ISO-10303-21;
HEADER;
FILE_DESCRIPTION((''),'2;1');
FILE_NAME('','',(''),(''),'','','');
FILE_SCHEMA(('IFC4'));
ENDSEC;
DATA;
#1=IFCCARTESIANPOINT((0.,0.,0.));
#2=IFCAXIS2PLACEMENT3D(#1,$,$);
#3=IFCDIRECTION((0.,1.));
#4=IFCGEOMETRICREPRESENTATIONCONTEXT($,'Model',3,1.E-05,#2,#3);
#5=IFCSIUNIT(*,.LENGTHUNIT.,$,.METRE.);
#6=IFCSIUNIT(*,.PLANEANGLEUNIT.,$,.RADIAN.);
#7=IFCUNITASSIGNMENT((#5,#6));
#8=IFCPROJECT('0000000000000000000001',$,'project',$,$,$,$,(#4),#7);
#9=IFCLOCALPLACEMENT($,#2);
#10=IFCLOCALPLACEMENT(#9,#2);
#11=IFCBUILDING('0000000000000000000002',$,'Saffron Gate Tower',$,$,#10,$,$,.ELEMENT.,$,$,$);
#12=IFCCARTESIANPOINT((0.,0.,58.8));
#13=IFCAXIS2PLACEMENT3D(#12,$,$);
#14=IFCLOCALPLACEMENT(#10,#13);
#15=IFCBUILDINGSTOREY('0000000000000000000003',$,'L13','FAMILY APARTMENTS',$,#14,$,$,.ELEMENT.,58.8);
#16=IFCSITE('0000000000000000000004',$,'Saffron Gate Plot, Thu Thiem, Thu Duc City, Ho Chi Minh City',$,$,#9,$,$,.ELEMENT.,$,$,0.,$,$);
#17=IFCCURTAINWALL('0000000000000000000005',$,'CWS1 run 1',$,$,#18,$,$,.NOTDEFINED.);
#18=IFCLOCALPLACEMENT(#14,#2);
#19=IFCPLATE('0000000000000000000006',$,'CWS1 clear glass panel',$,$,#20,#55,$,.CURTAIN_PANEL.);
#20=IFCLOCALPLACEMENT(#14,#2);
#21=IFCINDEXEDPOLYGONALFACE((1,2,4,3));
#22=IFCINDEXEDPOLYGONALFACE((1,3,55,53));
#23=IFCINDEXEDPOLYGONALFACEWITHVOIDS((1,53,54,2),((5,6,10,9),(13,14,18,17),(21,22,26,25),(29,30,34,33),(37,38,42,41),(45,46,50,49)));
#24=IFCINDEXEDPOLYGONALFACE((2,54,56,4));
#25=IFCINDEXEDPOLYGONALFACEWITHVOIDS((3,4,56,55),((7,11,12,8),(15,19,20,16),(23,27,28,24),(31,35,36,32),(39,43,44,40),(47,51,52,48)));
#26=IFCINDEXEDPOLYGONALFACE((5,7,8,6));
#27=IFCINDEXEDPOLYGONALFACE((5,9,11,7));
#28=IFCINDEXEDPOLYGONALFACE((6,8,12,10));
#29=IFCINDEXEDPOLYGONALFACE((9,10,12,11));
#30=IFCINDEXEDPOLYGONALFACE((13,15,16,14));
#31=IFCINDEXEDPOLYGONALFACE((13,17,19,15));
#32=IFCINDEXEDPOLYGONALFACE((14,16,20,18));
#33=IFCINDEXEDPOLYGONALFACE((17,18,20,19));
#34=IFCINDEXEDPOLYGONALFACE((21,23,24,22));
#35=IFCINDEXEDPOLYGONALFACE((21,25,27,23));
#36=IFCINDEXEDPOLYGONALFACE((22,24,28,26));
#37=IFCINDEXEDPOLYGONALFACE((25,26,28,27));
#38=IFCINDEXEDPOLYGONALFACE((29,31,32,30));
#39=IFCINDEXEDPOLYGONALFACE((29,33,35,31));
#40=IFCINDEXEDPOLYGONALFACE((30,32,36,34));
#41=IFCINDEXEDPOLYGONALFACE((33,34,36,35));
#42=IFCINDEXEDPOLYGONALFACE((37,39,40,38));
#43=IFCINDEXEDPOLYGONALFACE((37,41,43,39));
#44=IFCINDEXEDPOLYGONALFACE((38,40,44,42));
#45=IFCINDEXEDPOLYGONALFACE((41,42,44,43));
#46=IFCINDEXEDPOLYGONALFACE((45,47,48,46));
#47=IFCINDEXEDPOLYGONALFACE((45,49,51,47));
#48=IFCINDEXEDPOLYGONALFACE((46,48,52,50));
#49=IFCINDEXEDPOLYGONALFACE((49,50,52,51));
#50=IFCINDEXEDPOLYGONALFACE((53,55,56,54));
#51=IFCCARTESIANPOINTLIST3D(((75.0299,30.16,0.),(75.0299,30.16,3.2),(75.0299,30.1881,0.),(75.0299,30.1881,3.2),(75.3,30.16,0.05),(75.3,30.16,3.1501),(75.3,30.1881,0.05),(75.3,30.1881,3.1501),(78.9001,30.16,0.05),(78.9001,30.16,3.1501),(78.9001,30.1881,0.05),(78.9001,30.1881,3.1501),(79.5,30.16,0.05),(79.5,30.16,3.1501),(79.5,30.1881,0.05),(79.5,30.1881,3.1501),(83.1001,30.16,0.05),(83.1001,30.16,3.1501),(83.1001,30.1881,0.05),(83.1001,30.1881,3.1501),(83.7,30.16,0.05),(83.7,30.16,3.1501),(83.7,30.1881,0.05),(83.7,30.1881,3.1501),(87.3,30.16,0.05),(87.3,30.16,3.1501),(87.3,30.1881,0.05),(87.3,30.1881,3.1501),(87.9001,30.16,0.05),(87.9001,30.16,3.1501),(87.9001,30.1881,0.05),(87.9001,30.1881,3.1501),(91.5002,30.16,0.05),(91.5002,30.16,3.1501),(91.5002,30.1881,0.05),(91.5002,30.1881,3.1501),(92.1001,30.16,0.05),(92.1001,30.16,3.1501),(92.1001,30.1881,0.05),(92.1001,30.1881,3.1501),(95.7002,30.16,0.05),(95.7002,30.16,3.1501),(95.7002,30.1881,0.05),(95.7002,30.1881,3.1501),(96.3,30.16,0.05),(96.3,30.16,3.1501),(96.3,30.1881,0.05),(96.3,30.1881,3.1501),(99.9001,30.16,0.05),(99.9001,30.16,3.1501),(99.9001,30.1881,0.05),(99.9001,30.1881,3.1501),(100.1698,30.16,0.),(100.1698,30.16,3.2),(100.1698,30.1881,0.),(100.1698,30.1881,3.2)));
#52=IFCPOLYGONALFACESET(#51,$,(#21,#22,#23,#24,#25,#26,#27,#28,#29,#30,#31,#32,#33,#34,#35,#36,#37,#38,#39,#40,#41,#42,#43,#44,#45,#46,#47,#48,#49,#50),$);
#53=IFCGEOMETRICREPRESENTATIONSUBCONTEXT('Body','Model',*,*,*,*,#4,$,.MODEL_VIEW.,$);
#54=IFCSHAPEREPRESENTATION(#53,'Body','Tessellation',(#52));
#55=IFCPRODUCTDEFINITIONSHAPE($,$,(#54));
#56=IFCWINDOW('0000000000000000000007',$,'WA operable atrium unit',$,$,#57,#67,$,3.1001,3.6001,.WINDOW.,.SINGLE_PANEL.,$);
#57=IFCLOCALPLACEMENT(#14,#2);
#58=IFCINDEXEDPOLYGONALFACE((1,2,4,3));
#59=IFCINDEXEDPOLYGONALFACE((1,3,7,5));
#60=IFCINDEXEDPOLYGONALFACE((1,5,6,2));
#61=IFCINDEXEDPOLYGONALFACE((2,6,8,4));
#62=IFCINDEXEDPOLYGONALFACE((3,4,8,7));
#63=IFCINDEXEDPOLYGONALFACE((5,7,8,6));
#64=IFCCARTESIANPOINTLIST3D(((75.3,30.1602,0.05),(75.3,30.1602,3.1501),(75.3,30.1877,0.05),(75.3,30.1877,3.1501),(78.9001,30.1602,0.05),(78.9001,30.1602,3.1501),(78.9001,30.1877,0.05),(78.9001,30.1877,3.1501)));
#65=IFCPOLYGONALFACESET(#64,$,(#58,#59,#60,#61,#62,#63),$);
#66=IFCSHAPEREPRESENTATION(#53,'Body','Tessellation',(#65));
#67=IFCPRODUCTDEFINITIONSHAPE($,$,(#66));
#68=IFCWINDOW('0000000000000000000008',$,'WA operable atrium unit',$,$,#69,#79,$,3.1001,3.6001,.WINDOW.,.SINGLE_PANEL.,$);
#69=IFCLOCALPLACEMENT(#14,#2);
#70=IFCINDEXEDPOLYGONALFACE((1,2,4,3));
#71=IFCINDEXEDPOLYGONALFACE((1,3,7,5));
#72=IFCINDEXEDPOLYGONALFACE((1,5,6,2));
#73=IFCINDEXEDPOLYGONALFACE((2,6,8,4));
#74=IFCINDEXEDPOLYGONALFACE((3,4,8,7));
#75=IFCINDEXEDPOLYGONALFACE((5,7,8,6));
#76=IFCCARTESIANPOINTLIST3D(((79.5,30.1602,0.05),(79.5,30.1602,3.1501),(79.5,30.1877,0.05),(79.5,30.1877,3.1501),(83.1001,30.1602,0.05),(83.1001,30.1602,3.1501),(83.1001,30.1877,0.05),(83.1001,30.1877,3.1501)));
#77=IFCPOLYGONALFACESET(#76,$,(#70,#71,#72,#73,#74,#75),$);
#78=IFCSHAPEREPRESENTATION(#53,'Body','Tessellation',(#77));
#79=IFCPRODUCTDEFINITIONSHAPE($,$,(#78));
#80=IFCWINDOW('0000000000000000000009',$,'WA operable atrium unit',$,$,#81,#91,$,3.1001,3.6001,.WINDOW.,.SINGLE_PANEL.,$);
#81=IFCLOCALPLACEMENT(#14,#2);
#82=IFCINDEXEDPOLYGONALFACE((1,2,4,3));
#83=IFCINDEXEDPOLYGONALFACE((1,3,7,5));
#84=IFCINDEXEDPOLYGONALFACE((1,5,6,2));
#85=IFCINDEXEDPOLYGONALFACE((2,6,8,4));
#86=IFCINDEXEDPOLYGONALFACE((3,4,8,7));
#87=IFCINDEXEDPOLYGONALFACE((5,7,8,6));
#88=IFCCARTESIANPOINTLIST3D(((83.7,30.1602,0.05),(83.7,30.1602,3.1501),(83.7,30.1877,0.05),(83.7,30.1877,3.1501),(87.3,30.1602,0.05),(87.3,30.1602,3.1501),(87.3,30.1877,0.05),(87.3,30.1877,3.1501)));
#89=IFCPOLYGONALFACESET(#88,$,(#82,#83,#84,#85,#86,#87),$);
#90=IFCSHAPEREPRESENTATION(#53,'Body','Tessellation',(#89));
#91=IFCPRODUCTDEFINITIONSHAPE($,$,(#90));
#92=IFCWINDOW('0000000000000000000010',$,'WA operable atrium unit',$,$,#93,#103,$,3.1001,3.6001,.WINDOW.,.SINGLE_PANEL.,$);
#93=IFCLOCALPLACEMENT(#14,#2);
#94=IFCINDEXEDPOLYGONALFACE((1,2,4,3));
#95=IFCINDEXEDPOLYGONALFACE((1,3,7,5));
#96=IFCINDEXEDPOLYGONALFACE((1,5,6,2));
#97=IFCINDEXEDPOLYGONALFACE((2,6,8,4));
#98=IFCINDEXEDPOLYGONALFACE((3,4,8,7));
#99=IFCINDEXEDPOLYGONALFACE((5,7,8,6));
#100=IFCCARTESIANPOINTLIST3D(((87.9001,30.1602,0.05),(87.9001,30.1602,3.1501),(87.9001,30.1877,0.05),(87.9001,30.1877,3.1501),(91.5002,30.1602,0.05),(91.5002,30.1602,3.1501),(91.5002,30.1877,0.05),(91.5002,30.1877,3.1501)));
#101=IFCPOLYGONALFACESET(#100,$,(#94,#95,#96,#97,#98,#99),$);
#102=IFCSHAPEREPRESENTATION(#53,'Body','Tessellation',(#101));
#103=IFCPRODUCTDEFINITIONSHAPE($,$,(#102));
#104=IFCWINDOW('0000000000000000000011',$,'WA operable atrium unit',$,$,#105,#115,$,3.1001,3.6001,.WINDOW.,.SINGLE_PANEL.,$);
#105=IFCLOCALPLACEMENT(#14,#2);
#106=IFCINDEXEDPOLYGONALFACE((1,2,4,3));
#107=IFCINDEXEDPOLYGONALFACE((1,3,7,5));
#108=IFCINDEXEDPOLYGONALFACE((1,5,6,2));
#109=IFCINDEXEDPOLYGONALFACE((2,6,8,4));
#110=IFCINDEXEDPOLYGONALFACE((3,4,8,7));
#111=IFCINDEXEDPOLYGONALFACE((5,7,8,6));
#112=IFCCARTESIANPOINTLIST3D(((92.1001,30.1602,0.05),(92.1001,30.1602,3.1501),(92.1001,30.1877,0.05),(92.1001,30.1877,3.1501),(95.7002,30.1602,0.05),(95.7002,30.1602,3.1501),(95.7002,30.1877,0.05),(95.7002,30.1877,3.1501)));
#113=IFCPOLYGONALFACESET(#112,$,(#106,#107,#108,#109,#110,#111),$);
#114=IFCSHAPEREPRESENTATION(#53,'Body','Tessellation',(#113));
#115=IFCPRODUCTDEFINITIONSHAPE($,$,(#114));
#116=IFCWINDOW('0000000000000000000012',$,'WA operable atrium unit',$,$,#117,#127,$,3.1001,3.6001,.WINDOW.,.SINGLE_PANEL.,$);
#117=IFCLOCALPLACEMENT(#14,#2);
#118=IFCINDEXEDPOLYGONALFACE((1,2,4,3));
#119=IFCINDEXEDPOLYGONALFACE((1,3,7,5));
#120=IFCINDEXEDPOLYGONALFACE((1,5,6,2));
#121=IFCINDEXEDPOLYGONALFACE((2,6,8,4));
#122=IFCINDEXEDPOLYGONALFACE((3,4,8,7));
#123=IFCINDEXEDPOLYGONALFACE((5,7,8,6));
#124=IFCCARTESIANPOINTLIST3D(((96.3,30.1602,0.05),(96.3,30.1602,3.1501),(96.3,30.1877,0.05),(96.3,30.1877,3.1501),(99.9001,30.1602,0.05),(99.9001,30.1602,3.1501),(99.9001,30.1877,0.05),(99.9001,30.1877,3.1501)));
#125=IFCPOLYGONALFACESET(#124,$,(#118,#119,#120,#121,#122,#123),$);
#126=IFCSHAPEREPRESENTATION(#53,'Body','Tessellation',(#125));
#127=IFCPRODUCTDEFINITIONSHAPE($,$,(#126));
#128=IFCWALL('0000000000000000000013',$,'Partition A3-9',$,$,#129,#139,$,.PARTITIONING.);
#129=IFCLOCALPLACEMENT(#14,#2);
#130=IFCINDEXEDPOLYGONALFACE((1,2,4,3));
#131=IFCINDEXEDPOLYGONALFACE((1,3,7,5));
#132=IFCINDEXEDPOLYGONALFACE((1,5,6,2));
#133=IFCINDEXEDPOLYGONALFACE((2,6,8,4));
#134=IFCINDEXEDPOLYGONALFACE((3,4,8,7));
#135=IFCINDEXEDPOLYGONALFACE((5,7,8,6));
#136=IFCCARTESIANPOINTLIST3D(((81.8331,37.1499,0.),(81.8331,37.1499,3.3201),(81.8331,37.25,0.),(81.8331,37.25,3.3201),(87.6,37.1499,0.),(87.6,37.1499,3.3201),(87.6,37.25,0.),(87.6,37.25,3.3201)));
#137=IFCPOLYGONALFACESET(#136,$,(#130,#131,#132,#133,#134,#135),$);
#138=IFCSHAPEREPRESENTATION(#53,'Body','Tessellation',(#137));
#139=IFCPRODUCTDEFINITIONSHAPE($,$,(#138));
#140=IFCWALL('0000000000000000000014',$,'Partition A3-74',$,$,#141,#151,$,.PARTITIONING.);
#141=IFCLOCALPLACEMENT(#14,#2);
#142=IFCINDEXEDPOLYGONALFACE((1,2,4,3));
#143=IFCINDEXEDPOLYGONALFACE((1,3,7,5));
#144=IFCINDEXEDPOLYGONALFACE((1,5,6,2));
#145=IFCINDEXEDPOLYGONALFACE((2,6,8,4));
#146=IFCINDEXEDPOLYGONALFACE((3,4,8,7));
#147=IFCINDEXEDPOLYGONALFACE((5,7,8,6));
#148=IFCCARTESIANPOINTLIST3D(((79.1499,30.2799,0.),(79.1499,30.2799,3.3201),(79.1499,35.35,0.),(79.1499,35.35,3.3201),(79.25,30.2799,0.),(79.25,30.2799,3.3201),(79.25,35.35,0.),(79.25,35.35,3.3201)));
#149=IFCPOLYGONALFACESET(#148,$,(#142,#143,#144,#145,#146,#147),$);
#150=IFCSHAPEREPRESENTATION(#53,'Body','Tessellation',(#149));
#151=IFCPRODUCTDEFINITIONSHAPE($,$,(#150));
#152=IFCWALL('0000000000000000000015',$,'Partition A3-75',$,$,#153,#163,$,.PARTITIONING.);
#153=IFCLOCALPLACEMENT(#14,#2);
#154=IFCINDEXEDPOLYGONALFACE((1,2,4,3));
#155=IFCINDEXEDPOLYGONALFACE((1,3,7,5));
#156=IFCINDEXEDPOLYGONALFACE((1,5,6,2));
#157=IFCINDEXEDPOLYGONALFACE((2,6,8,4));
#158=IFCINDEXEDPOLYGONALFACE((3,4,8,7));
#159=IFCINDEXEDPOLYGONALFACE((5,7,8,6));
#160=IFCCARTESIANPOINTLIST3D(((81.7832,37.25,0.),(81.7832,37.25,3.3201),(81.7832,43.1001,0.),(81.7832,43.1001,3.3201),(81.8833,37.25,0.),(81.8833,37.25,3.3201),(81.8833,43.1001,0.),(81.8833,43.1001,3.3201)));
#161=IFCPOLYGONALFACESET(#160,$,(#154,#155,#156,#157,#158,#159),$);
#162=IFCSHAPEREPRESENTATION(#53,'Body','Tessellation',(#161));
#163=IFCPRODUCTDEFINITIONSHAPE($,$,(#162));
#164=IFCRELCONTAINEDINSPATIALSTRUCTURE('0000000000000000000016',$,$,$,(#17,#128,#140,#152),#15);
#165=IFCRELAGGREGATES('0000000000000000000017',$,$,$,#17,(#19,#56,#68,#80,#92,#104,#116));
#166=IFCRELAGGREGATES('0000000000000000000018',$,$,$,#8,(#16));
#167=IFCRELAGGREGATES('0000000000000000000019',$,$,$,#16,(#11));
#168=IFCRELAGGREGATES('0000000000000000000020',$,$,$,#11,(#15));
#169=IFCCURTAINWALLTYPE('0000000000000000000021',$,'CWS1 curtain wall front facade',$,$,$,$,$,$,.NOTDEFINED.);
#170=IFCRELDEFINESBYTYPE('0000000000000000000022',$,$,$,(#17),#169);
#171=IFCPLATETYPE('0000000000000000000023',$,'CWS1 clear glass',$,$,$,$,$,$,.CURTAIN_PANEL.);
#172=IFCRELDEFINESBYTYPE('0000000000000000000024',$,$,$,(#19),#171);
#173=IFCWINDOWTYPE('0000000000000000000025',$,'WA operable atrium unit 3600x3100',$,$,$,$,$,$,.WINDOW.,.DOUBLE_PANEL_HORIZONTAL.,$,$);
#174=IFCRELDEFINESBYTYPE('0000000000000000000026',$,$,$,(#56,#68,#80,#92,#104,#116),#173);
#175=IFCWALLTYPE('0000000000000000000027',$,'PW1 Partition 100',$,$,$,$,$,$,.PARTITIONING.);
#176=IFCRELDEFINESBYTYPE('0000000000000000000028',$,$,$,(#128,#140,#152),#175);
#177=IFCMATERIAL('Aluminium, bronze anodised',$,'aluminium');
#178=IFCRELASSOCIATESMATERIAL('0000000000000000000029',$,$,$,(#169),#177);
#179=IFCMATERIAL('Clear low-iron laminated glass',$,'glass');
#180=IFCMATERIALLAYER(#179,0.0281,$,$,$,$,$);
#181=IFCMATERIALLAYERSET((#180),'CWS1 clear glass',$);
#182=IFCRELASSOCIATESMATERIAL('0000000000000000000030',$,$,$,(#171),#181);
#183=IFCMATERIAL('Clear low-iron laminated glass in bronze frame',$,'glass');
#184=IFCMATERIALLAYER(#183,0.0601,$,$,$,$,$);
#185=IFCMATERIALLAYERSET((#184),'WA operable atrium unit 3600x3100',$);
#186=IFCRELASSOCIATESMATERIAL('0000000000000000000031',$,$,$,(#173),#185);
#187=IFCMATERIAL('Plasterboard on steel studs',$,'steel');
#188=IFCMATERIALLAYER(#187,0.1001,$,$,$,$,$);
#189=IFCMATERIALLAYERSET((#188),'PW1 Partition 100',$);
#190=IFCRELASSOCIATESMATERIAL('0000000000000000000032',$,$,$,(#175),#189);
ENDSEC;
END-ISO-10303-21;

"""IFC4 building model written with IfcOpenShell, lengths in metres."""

from ifc_helpers import new_model, si_unit, direction, frame, frame_2d, origin, place, context, subcontext, project, spatial, rectangle, extrude, material, layer, layer_set, type_object, element, fill, aggregate, save


model = new_model("IFC4")

# Units and contexts
model_context = context("Model", 3, precision=1e-05, world=origin(), true_north=direction((0.0, 1.0)))
body_context = subcontext(model_context, "Body", "Model", "MODEL_VIEW")
ifc_project = project(units=[si_unit("LENGTHUNIT", "METRE"), si_unit("PLANEANGLEUNIT", "RADIAN")], contexts=[model_context])

# Site, building, storey
site_placement = place(None, origin())
site = spatial("IfcSite", under=ifc_project, at=site_placement, Name="Saffron Gate Plot, Thu Thiem, Thu Duc City, Ho Chi Minh City", CompositionType="ELEMENT", RefElevation=0.0)
building_placement = place(site_placement, origin())
building = spatial("IfcBuilding", under=site, at=building_placement, Name="Saffron Gate Tower", CompositionType="ELEMENT")
storey_placement = place(building_placement, frame((0.0, 0.0, 58.8)))
storey = spatial("IfcBuildingStorey", under=building, at=storey_placement, Name="L13", Description="FAMILY APARTMENTS", CompositionType="ELEMENT", Elevation=58.8)

# Curtain wall, plate, openings, windows
ifc_material_1 = material(Name="Aluminium, bronze anodised", Category="aluminium")
curtain_wall_type = type_object("IfcCurtainWallType", Name="CWS1 curtain wall front facade", PredefinedType="NOTDEFINED", material=ifc_material_1)
curtain_wall_placement = place(storey_placement, origin())
curtain_wall = element("IfcCurtainWall", 1, at=curtain_wall_placement, inside=storey, type_object=curtain_wall_type, Name="CWS1 run 1", PredefinedType="NOTDEFINED")
ifc_material_2 = material(Name="Clear low-iron laminated glass", Category="glass")
ifc_layer_1 = layer(ifc_material_2, 0.0281)
ifc_layer_set_1 = layer_set([ifc_layer_1], Name="CWS1 clear glass")
plate_type = type_object("IfcPlateType", Name="CWS1 clear glass", PredefinedType="CURTAIN_PANEL", material=ifc_layer_set_1)
plate_placement = place(storey_placement, frame((75.03, 30.1741, 0.0), z_axis=(0.0, 0.0, 1.0), x_axis=(1.0, 0.0, 0.0)))
plate = element("IfcPlate", 2, at=plate_placement, type_object=plate_type, Name="CWS1 clear glass panel", PredefinedType="CURTAIN_PANEL", context=body_context, shape_type="SweptSolid", body=[
    extrude(rectangle(XDim=25.1399, YDim=0.0281, at=frame_2d((12.5698, 0.0))), origin(), (0.0, 0.0, 1.0), 3.2),
])
opening_1_placement = place(plate_placement, frame((0.27, 0.0, 0.05)))
opening_1 = element("IfcOpeningElement", 3, at=opening_1_placement, cuts=plate, PredefinedType="OPENING", context=body_context, shape_type="SweptSolid", body=[
    extrude(rectangle(XDim=3.6001, YDim=3.1001, at=frame_2d((1.8, 1.55))), frame((0.0, 0.0239, 0.0), z_axis=(0.0, -1.0, 0.0), x_axis=(1.0, 0.0, 0.0)), (0.0, 0.0, 1.0), 0.0481),
])
opening_2_placement = place(plate_placement, frame((4.47, 0.0, 0.05)))
opening_2 = element("IfcOpeningElement", 4, at=opening_2_placement, cuts=plate, PredefinedType="OPENING", context=body_context, shape_type="SweptSolid", body=[
    extrude(rectangle(XDim=3.6001, YDim=3.1001, at=frame_2d((1.8, 1.55))), frame((0.0, 0.0239, 0.0), z_axis=(0.0, -1.0, 0.0), x_axis=(1.0, 0.0, 0.0)), (0.0, 0.0, 1.0), 0.0481),
])
opening_3_placement = place(plate_placement, frame((8.6699, 0.0, 0.05)))
opening_3 = element("IfcOpeningElement", 5, at=opening_3_placement, cuts=plate, PredefinedType="OPENING", context=body_context, shape_type="SweptSolid", body=[
    extrude(rectangle(XDim=3.6001, YDim=3.1001, at=frame_2d((1.8, 1.55))), frame((0.0, 0.0239, 0.0), z_axis=(0.0, -1.0, 0.0), x_axis=(1.0, 0.0, 0.0)), (0.0, 0.0, 1.0), 0.0481),
])
opening_4_placement = place(plate_placement, frame((12.8701, 0.0, 0.05)))
opening_4 = element("IfcOpeningElement", 6, at=opening_4_placement, cuts=plate, PredefinedType="OPENING", context=body_context, shape_type="SweptSolid", body=[
    extrude(rectangle(XDim=3.6001, YDim=3.1001, at=frame_2d((1.8, 1.55))), frame((0.0, 0.0239, 0.0), z_axis=(0.0, -1.0, 0.0), x_axis=(1.0, 0.0, 0.0)), (0.0, 0.0, 1.0), 0.0481),
])
opening_5_placement = place(plate_placement, frame((17.0701, 0.0, 0.05)))
opening_5 = element("IfcOpeningElement", 7, at=opening_5_placement, cuts=plate, PredefinedType="OPENING", context=body_context, shape_type="SweptSolid", body=[
    extrude(rectangle(XDim=3.6001, YDim=3.1001, at=frame_2d((1.8, 1.55))), frame((0.0, 0.0239, 0.0), z_axis=(0.0, -1.0, 0.0), x_axis=(1.0, 0.0, 0.0)), (0.0, 0.0, 1.0), 0.0481),
])
opening_6_placement = place(plate_placement, frame((21.27, 0.0, 0.05)))
opening_6 = element("IfcOpeningElement", 8, at=opening_6_placement, cuts=plate, PredefinedType="OPENING", context=body_context, shape_type="SweptSolid", body=[
    extrude(rectangle(XDim=3.6001, YDim=3.1001, at=frame_2d((1.8, 1.55))), frame((0.0, 0.0239, 0.0), z_axis=(0.0, -1.0, 0.0), x_axis=(1.0, 0.0, 0.0)), (0.0, 0.0, 1.0), 0.0481),
])
ifc_material_3 = material(Name="Clear low-iron laminated glass in bronze frame", Category="glass")
ifc_layer_2 = layer(ifc_material_3, 0.0601)
ifc_layer_set_2 = layer_set([ifc_layer_2], Name="WA operable atrium unit 3600x3100")
window_type = type_object("IfcWindowType", Name="WA operable atrium unit 3600x3100", PartitioningType="DOUBLE_PANEL_HORIZONTAL", PredefinedType="WINDOW", material=ifc_layer_set_2)
window_1_placement = place(opening_1_placement, origin())
window_1 = element("IfcWindow", 9, at=window_1_placement, type_object=window_type, Name="WA operable atrium unit", OverallHeight=3.1001, OverallWidth=3.6001, PartitioningType="SINGLE_PANEL", PredefinedType="WINDOW", context=body_context, shape_type="SweptSolid", body=[
    extrude(rectangle(XDim=3.6001, YDim=3.1001, at=frame_2d((1.8, 1.55))), frame((0.0, 0.0137, 0.0), z_axis=(0.0, -1.0, 0.0), x_axis=(1.0, 0.0, 0.0)), (0.0, 0.0, 1.0), 0.0276),
])
fill(opening_1, window_1)
window_2_placement = place(opening_2_placement, origin())
window_2 = element("IfcWindow", 10, at=window_2_placement, type_object=window_type, Name="WA operable atrium unit", OverallHeight=3.1001, OverallWidth=3.6001, PartitioningType="SINGLE_PANEL", PredefinedType="WINDOW", context=body_context, shape_type="SweptSolid", body=[
    extrude(rectangle(XDim=3.6001, YDim=3.1001, at=frame_2d((1.8, 1.55))), frame((0.0, 0.0137, 0.0), z_axis=(0.0, -1.0, 0.0), x_axis=(1.0, 0.0, 0.0)), (0.0, 0.0, 1.0), 0.0276),
])
fill(opening_2, window_2)
window_3_placement = place(opening_3_placement, origin())
window_3 = element("IfcWindow", 11, at=window_3_placement, type_object=window_type, Name="WA operable atrium unit", OverallHeight=3.1001, OverallWidth=3.6001, PartitioningType="SINGLE_PANEL", PredefinedType="WINDOW", context=body_context, shape_type="SweptSolid", body=[
    extrude(rectangle(XDim=3.6001, YDim=3.1001, at=frame_2d((1.8, 1.55))), frame((0.0, 0.0137, 0.0), z_axis=(0.0, -1.0, 0.0), x_axis=(1.0, 0.0, 0.0)), (0.0, 0.0, 1.0), 0.0276),
])
fill(opening_3, window_3)
window_4_placement = place(opening_4_placement, origin())
window_4 = element("IfcWindow", 12, at=window_4_placement, type_object=window_type, Name="WA operable atrium unit", OverallHeight=3.1001, OverallWidth=3.6001, PartitioningType="SINGLE_PANEL", PredefinedType="WINDOW", context=body_context, shape_type="SweptSolid", body=[
    extrude(rectangle(XDim=3.6001, YDim=3.1001, at=frame_2d((1.8, 1.55))), frame((0.0, 0.0137, 0.0), z_axis=(0.0, -1.0, 0.0), x_axis=(1.0, 0.0, 0.0)), (0.0, 0.0, 1.0), 0.0276),
])
fill(opening_4, window_4)
window_5_placement = place(opening_5_placement, origin())
window_5 = element("IfcWindow", 13, at=window_5_placement, type_object=window_type, Name="WA operable atrium unit", OverallHeight=3.1001, OverallWidth=3.6001, PartitioningType="SINGLE_PANEL", PredefinedType="WINDOW", context=body_context, shape_type="SweptSolid", body=[
    extrude(rectangle(XDim=3.6001, YDim=3.1001, at=frame_2d((1.8, 1.55))), frame((0.0, 0.0137, 0.0), z_axis=(0.0, -1.0, 0.0), x_axis=(1.0, 0.0, 0.0)), (0.0, 0.0, 1.0), 0.0276),
])
fill(opening_5, window_5)
window_6_placement = place(opening_6_placement, origin())
window_6 = element("IfcWindow", 14, at=window_6_placement, type_object=window_type, Name="WA operable atrium unit", OverallHeight=3.1001, OverallWidth=3.6001, PartitioningType="SINGLE_PANEL", PredefinedType="WINDOW", context=body_context, shape_type="SweptSolid", body=[
    extrude(rectangle(XDim=3.6001, YDim=3.1001, at=frame_2d((1.8, 1.55))), frame((0.0, 0.0137, 0.0), z_axis=(0.0, -1.0, 0.0), x_axis=(1.0, 0.0, 0.0)), (0.0, 0.0, 1.0), 0.0276),
])
fill(opening_6, window_6)
aggregate(curtain_wall, [plate, window_1, window_2, window_3, window_4, window_5, window_6])

# Walls
ifc_material_4 = material(Name="Plasterboard on steel studs", Category="steel")
ifc_layer_3 = layer(ifc_material_4, 0.1001)
ifc_layer_set_3 = layer_set([ifc_layer_3], Name="PW1 Partition 100")
wall_type_1 = type_object("IfcWallType", Name="PW1 Partition 100", PredefinedType="PARTITIONING", material=ifc_layer_set_3)
wall_1_placement = place(storey_placement, frame((81.8333, 37.2, 0.0), z_axis=(0.0, 0.0, 1.0), x_axis=(1.0, 0.0, 0.0)))
element("IfcWall", 15, at=wall_1_placement, inside=storey, type_object=wall_type_1, Name="Partition A3-9", PredefinedType="PARTITIONING", context=body_context, shape_type="SweptSolid", body=[
    extrude(rectangle(XDim=5.7668, YDim=0.1001, at=frame_2d((2.8833, 0.0))), origin(), (0.0, 0.0, 1.0), 3.3201),
])
wall_2_placement = place(storey_placement, frame((79.2, 35.3501, 0.0), z_axis=(0.0, 0.0, 1.0), x_axis=(0.0, -1.0, 0.0)))
element("IfcWall", 16, at=wall_2_placement, inside=storey, type_object=wall_type_1, Name="Partition A3-74", PredefinedType="PARTITIONING", context=body_context, shape_type="SweptSolid", body=[
    extrude(rectangle(XDim=5.0701, YDim=0.1001, at=frame_2d((2.5352, 0.0))), origin(), (0.0, 0.0, 1.0), 3.3201),
])
wall_3_placement = place(storey_placement, frame((81.8333, 43.1001, 0.0), z_axis=(0.0, 0.0, 1.0), x_axis=(0.0, -1.0, 0.0)))
element("IfcWall", 17, at=wall_3_placement, inside=storey, type_object=wall_type_1, Name="Partition A3-75", PredefinedType="PARTITIONING", context=body_context, shape_type="SweptSolid", body=[
    extrude(rectangle(XDim=5.8501, YDim=0.1001, at=frame_2d((2.925, 0.0))), origin(), (0.0, 0.0, 1.0), 3.3201),
])

save(model, "model.ifc")
